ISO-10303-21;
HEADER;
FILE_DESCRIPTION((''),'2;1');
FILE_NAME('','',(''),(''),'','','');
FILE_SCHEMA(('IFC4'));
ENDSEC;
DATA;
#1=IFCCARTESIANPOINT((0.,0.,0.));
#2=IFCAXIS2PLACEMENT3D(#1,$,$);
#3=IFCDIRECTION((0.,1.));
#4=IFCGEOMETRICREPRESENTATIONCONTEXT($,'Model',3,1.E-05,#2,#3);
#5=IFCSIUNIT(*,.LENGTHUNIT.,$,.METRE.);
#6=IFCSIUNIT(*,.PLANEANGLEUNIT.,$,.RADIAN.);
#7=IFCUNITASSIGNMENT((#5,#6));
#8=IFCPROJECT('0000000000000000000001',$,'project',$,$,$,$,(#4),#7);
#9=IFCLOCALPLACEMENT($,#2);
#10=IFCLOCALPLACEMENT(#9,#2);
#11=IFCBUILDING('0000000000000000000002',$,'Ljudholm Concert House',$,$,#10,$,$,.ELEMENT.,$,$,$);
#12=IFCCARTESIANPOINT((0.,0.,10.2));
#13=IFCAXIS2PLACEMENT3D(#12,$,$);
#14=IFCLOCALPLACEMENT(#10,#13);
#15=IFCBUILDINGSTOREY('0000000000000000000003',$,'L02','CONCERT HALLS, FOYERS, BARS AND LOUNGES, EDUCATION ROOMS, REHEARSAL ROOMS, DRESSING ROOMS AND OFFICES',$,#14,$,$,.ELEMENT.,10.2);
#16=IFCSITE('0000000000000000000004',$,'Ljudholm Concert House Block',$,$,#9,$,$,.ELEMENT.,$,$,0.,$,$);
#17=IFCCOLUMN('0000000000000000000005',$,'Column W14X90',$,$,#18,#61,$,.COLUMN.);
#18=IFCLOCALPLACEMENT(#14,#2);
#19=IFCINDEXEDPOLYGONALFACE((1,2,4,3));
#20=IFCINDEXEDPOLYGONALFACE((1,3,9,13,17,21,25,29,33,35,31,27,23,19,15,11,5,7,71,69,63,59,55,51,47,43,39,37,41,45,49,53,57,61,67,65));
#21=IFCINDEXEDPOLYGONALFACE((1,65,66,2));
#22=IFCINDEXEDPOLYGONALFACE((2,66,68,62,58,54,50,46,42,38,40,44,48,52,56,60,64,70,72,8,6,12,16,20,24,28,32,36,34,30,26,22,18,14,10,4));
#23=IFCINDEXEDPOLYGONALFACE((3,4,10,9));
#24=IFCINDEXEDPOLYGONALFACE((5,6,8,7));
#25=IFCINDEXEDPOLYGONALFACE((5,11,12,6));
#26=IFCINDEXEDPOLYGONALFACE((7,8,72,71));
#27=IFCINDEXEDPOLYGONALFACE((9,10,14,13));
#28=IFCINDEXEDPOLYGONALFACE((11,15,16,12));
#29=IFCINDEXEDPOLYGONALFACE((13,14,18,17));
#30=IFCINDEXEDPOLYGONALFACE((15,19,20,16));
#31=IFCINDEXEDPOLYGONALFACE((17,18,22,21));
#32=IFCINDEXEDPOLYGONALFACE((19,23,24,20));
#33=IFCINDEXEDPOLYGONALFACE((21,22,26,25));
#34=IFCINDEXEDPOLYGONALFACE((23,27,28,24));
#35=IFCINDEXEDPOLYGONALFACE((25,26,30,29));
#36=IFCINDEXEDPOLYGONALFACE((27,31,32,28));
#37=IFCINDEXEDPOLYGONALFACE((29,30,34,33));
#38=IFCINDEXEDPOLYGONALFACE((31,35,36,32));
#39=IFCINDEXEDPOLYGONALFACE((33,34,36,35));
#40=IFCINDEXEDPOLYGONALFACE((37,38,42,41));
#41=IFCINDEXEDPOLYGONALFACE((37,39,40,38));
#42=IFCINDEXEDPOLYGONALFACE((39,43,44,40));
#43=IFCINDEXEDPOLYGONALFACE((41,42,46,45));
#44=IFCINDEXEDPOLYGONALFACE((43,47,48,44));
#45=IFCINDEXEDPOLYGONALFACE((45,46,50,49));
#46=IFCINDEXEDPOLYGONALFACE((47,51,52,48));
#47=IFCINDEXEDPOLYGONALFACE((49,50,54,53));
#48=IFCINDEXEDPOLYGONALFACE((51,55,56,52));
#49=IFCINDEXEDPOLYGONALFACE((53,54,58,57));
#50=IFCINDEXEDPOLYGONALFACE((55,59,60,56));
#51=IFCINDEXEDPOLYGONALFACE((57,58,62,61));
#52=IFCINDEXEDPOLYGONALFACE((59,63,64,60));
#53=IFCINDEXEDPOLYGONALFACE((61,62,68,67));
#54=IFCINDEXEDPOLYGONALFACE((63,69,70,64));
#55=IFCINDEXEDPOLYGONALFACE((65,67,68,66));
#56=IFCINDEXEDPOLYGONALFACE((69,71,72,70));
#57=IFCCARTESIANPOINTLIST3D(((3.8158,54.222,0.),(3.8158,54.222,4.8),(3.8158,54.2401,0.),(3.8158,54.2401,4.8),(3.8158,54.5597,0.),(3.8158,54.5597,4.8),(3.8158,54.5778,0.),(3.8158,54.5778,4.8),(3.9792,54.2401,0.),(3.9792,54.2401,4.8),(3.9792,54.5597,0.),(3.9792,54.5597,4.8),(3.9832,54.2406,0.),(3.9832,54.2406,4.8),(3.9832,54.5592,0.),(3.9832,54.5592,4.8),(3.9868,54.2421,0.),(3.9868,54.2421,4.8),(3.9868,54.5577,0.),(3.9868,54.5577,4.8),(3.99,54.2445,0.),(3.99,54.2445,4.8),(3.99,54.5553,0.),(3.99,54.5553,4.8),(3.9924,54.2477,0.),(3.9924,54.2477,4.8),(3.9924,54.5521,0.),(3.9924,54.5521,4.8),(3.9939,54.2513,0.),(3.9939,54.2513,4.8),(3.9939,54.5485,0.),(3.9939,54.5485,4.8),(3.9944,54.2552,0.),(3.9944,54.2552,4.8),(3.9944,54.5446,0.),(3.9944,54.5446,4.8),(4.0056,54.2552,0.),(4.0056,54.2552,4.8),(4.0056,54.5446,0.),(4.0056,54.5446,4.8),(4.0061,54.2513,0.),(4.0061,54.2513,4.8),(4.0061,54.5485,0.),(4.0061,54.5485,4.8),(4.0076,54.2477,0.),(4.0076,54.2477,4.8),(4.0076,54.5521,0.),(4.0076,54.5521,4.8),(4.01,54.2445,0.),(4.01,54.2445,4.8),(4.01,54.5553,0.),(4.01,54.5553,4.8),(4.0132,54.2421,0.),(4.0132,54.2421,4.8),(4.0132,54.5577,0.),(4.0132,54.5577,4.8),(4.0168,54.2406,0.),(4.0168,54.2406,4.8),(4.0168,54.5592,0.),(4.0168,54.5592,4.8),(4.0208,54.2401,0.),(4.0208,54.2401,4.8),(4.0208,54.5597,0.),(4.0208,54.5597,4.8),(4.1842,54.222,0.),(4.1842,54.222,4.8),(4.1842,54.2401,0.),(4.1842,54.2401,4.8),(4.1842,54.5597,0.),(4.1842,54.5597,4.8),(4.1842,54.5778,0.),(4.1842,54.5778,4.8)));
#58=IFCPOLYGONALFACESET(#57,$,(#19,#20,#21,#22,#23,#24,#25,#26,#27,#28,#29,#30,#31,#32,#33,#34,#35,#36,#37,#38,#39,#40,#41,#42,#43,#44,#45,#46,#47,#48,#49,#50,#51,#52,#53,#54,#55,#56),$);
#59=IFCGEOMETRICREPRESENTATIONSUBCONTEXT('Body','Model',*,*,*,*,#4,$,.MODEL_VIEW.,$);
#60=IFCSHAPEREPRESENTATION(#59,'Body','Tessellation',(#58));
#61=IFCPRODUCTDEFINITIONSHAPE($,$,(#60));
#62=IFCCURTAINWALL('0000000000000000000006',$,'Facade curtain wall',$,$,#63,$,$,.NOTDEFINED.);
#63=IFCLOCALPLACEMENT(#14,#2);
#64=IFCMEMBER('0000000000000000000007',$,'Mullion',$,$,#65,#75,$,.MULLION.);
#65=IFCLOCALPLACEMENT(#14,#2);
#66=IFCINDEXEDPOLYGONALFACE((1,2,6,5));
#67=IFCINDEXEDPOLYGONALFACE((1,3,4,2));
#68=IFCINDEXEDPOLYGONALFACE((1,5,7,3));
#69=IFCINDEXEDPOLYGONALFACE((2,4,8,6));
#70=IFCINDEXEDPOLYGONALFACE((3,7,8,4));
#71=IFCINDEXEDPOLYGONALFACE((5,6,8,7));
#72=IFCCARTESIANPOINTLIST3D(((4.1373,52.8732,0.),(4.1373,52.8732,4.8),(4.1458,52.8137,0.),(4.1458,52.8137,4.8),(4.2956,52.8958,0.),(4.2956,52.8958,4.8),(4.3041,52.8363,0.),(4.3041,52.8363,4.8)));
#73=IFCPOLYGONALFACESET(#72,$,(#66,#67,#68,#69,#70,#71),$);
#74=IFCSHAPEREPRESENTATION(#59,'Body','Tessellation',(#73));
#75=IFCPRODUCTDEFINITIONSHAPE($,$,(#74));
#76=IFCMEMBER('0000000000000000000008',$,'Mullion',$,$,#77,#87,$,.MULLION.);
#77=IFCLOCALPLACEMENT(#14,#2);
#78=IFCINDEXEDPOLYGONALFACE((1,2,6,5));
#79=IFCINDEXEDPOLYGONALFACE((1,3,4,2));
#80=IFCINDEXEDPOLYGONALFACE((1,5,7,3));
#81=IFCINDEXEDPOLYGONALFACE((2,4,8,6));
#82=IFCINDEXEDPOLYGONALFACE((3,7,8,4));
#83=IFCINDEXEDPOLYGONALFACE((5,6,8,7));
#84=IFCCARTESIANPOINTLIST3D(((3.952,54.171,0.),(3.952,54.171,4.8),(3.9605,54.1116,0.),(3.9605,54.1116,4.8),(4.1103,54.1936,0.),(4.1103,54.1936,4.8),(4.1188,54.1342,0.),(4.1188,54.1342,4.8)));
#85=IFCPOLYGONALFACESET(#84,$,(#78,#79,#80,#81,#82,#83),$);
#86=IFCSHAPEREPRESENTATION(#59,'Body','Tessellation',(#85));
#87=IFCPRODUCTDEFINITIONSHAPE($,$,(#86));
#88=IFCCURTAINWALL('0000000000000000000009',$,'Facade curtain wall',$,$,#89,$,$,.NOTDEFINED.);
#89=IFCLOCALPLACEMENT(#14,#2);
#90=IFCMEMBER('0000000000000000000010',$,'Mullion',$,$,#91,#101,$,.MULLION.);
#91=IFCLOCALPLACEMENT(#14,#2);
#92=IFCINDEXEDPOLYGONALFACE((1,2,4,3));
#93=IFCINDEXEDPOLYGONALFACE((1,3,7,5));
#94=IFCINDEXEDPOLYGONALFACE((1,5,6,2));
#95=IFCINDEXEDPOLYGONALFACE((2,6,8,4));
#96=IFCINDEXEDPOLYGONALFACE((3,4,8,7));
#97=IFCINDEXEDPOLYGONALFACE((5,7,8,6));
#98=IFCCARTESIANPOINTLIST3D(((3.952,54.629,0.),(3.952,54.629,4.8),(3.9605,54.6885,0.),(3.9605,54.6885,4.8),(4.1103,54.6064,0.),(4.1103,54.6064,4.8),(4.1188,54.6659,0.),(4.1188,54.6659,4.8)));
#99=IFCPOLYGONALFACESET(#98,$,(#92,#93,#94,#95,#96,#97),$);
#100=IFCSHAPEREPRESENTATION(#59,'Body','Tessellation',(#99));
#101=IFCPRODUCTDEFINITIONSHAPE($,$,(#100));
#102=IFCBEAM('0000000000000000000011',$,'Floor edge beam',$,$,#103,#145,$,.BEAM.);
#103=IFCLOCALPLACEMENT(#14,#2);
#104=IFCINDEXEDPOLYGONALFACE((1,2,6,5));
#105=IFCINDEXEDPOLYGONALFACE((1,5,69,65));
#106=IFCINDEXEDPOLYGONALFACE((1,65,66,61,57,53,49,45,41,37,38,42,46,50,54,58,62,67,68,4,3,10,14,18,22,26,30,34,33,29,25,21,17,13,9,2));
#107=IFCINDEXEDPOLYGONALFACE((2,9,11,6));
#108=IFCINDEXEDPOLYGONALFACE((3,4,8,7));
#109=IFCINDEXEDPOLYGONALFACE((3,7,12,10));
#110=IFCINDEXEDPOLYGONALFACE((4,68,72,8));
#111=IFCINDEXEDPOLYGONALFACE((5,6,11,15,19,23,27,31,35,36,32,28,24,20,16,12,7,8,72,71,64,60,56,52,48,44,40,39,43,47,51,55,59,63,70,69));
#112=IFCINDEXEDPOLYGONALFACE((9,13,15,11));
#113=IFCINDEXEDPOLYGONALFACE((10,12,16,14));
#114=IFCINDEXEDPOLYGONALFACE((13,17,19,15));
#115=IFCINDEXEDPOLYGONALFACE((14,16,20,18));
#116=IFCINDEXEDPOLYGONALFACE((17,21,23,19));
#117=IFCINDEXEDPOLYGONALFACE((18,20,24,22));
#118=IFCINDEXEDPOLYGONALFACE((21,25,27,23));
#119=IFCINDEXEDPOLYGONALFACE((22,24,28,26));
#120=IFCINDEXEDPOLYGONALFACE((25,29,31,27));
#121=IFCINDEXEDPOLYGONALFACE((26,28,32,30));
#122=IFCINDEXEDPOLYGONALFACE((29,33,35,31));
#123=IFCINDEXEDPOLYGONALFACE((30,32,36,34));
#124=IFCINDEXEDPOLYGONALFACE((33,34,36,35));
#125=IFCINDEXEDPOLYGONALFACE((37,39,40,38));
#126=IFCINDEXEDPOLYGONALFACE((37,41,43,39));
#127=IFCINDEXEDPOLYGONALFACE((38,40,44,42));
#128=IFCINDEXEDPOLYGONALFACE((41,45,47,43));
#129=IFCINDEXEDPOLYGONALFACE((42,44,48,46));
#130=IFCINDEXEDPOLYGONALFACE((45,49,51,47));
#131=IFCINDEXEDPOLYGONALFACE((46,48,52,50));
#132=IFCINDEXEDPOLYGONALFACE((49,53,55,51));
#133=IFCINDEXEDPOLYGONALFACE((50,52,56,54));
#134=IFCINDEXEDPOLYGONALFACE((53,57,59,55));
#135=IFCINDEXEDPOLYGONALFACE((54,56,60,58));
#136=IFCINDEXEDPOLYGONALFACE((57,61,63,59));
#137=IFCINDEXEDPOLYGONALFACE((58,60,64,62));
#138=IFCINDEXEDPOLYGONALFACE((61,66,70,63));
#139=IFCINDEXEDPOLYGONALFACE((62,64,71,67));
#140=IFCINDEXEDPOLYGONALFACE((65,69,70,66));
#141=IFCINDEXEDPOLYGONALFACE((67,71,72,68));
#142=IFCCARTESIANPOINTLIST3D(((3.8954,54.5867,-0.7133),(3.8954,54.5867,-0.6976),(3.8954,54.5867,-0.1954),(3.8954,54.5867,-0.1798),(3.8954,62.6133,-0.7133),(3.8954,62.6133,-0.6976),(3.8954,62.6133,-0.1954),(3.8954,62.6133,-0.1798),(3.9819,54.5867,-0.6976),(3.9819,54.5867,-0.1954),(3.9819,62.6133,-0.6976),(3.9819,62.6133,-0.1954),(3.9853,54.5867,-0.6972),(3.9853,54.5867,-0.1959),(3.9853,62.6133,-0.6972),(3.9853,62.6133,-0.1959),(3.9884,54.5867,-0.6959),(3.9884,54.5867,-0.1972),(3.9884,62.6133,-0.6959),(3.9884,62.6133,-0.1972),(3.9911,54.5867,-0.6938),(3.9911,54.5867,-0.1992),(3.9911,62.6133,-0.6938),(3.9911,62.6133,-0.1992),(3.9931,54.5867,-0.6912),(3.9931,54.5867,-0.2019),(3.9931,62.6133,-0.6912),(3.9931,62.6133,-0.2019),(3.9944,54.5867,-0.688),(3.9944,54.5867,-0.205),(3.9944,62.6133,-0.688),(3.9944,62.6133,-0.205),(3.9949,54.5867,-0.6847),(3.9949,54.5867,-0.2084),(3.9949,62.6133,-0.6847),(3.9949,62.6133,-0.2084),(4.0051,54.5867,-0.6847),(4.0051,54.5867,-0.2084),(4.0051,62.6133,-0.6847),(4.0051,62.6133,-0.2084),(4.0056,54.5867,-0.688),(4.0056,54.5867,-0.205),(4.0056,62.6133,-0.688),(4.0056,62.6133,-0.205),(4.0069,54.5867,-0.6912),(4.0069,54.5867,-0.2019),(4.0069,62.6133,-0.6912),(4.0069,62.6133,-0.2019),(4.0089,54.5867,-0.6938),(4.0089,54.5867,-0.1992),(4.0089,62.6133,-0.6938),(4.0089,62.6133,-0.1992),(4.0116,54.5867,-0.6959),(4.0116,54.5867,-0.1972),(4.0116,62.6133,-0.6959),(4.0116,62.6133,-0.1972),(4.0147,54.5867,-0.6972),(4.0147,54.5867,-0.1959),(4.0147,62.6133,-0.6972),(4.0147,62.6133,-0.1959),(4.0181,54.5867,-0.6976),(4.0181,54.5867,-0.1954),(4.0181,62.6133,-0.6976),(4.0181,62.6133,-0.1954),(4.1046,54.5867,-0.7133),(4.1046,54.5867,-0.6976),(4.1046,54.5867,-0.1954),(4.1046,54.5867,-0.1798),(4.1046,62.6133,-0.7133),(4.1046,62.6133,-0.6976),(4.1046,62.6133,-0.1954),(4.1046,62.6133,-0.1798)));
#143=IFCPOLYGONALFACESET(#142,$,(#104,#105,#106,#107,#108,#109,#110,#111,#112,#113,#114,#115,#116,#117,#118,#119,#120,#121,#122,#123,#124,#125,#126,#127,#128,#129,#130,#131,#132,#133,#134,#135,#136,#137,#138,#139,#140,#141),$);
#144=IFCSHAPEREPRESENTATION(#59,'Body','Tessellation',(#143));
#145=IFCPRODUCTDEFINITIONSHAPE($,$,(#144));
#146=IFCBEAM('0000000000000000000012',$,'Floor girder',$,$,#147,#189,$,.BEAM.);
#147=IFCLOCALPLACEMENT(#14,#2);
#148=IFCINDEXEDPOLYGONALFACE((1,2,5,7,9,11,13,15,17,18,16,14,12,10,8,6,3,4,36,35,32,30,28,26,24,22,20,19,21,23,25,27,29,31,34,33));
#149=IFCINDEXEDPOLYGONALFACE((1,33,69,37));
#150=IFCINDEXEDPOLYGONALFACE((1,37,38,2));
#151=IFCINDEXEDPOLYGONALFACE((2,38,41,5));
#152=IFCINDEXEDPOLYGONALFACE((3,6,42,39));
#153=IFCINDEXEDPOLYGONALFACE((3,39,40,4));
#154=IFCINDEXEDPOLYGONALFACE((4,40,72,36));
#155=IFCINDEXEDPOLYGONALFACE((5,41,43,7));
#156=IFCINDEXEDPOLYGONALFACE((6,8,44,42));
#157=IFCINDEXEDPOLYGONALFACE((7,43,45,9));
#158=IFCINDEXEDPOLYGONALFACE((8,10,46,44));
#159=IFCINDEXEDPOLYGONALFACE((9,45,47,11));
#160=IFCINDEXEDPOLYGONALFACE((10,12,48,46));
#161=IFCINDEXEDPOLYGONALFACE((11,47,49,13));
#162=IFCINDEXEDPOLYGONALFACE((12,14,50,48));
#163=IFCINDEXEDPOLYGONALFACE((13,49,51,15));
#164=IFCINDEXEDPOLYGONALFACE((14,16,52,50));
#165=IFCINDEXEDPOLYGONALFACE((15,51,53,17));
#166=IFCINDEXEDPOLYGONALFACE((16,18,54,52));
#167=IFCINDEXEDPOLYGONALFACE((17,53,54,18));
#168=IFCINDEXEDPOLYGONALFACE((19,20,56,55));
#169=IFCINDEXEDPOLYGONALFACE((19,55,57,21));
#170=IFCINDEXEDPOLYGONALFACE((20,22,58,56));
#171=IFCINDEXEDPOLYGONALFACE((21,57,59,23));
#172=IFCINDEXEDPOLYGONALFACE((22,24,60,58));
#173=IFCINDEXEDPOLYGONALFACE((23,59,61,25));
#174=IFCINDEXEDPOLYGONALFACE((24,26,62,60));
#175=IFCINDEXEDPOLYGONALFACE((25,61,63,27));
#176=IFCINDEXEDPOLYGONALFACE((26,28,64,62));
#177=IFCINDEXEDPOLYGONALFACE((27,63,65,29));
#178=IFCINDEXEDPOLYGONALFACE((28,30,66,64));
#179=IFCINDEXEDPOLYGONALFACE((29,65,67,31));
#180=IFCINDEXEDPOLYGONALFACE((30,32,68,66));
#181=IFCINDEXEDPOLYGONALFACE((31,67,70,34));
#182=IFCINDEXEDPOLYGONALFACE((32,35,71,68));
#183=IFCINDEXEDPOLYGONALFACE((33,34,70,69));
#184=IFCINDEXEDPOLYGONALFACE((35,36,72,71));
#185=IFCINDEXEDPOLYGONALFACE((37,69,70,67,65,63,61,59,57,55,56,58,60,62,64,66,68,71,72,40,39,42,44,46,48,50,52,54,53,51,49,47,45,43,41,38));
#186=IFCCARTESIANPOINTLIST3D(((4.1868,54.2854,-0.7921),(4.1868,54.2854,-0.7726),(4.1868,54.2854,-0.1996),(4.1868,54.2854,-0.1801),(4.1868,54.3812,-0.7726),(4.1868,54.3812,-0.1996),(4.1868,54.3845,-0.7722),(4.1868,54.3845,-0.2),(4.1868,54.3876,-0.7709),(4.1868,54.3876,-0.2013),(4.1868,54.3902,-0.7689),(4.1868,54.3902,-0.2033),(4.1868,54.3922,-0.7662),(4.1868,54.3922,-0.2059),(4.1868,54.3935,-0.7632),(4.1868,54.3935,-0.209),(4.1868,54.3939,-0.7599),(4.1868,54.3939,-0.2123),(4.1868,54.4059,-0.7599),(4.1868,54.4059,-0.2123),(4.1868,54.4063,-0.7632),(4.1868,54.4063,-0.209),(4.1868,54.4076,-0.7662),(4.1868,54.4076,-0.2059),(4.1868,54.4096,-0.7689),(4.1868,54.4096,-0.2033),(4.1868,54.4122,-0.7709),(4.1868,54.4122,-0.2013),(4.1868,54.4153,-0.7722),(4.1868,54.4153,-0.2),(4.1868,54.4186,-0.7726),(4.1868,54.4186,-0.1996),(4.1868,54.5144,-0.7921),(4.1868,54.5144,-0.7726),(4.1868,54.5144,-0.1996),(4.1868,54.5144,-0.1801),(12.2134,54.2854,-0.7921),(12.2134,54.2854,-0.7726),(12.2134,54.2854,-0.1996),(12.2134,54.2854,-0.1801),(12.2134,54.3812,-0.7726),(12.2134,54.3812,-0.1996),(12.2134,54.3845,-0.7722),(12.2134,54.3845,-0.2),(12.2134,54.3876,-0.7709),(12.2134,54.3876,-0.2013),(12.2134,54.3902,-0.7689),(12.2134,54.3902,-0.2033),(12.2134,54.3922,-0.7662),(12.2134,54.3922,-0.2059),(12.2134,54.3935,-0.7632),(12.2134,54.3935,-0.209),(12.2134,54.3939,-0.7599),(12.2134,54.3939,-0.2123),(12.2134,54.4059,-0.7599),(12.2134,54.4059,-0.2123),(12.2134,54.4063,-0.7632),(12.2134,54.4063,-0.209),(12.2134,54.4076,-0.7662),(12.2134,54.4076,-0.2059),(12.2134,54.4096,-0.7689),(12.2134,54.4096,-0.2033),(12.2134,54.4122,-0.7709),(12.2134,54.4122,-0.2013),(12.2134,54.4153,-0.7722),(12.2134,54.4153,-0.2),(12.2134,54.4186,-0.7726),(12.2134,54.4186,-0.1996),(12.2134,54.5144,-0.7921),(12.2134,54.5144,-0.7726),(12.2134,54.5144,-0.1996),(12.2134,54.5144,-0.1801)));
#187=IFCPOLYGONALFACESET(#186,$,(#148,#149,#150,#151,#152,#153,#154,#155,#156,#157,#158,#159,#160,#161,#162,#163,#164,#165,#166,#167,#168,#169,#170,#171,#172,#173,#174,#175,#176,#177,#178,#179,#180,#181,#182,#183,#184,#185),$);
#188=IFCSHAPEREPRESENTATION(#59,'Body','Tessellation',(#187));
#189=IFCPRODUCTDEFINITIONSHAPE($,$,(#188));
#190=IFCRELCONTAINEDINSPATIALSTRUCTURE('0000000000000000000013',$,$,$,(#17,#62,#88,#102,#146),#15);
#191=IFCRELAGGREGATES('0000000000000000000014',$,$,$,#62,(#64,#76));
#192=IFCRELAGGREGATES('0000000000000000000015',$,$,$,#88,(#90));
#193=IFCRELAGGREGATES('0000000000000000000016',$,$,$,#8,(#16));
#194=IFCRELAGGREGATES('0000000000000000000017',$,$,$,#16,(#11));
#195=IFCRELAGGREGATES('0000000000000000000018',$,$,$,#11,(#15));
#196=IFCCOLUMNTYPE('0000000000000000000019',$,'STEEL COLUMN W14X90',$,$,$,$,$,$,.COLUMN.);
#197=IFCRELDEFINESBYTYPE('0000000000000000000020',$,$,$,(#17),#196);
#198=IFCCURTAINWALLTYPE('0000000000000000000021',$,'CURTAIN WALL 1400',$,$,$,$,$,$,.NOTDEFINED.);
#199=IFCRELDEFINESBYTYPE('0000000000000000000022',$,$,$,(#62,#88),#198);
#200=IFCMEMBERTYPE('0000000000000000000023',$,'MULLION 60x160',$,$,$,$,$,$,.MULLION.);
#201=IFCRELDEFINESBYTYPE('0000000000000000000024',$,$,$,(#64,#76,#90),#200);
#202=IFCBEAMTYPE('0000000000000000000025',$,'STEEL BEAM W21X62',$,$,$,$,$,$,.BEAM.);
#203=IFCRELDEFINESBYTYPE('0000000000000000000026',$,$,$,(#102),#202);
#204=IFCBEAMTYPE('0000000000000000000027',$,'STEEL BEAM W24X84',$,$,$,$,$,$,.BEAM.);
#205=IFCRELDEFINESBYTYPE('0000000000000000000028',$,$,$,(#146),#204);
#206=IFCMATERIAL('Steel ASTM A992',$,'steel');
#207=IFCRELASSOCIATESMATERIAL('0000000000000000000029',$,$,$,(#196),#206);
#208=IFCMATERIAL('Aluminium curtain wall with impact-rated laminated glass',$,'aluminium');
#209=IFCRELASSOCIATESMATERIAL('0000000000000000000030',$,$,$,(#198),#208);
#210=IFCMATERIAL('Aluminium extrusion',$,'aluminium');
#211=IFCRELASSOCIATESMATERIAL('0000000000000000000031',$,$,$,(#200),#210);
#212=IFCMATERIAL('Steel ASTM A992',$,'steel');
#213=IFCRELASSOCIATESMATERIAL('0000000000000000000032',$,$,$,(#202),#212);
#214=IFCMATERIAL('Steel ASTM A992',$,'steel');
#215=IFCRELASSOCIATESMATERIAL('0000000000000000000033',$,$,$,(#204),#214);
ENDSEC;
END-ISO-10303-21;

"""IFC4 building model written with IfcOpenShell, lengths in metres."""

from ifc_helpers import new_model, si_unit, direction, frame, origin, origin_2d, place, context, subcontext, project, spatial, rectangle, i_section, extrude, material, material_profile, profile_set, type_object, element, aggregate, save


model = new_model("IFC4")

# Units and contexts
model_context = context("Model", 3, precision=1e-05, world=origin(), true_north=direction((0.0, 1.0)))
body_context = subcontext(model_context, "Body", "Model", "MODEL_VIEW")
ifc_project = project(units=[si_unit("LENGTHUNIT", "METRE"), si_unit("PLANEANGLEUNIT", "RADIAN")], contexts=[model_context])

# Site, building, storey
site_placement = place(None, origin())
site = spatial("IfcSite", under=ifc_project, at=site_placement, Name="Ljudholm Concert House Block", CompositionType="ELEMENT", RefElevation=0.0)
building_placement = place(site_placement, origin())
building = spatial("IfcBuilding", under=site, at=building_placement, Name="Ljudholm Concert House", CompositionType="ELEMENT")
storey_placement = place(building_placement, frame((0.0, 0.0, 10.2)))
storey = spatial("IfcBuildingStorey", under=building, at=storey_placement, Name="L02", Description="CONCERT HALLS, FOYERS, BARS AND LOUNGES, EDUCATION ROOMS, REHEARSAL ROOMS, DRESSING ROOMS AND OFFICES", CompositionType="ELEMENT", Elevation=10.2)

# Column
ifc_material_1 = material(Name="Steel ASTM A992", Category="steel")
ifc_material_profile_1 = material_profile(ifc_material_1, i_section(OverallWidth=0.3684, OverallDepth=0.3557, WebThickness=0.0112, FlangeThickness=0.0181, FilletRadius=0.0151, at=origin_2d()), Name="W14X90")
ifc_profile_set_1 = profile_set([ifc_material_profile_1], Name="Steel ASTM A992")
column_type = type_object("IfcColumnType", Name="STEEL COLUMN W14X90", PredefinedType="COLUMN", material=ifc_profile_set_1)
column_placement = place(storey_placement, frame((4.0, 54.3999, 0.0), z_axis=(0.0, 0.0, 1.0), x_axis=(1.0, 0.0, 0.0)))
element("IfcColumn", 1, at=column_placement, inside=storey, type_object=column_type, Name="Column W14X90", PredefinedType="COLUMN", context=body_context, shape_type="SweptSolid", body=[
    extrude(i_section(OverallWidth=0.3684, OverallDepth=0.3557, WebThickness=0.0112, FlangeThickness=0.0181, FilletRadius=0.0151, at=origin_2d()), origin(), (0.0, 0.0, 1.0), 4.8),
])

# Curtain wall, members
ifc_material_2 = material(Name="Aluminium curtain wall with impact-rated laminated glass", Category="aluminium")
curtain_wall_type = type_object("IfcCurtainWallType", Name="CURTAIN WALL 1400", PredefinedType="NOTDEFINED", material=ifc_material_2)
curtain_wall_1_placement = place(storey_placement, origin())
curtain_wall_1 = element("IfcCurtainWall", 2, at=curtain_wall_1_placement, inside=storey, type_object=curtain_wall_type, Name="Facade curtain wall", PredefinedType="NOTDEFINED")
ifc_material_3 = material(Name="Aluminium extrusion", Category="aluminium")
ifc_material_profile_2 = material_profile(ifc_material_3, rectangle(XDim=0.1599, YDim=0.0601, at=origin_2d()), Name="MULLION 60x160")
ifc_profile_set_2 = profile_set([ifc_material_profile_2], Name="Aluminium extrusion")
member_type_1 = type_object("IfcMemberType", Name="MULLION 60x160", PredefinedType="MULLION", material=ifc_profile_set_2)
member_1_placement = place(storey_placement, frame((4.2207, 52.8547, 0.0), z_axis=(0.0, 0.0, 1.0), x_axis=(-0.989949, -0.141421, 0.0)))
member_1 = element("IfcMember", 3, at=member_1_placement, type_object=member_type_1, Name="Mullion", PredefinedType="MULLION", context=body_context, shape_type="SweptSolid", body=[
    extrude(rectangle(XDim=0.1599, YDim=0.0601, at=origin_2d()), origin(), (0.0, 0.0, 1.0), 4.8),
])
member_2_placement = place(storey_placement, frame((4.0354, 54.1526, 0.0), z_axis=(0.0, 0.0, 1.0), x_axis=(-0.989949, -0.141421, 0.0)))
member_2 = element("IfcMember", 4, at=member_2_placement, type_object=member_type_1, Name="Mullion", PredefinedType="MULLION", context=body_context, shape_type="SweptSolid", body=[
    extrude(rectangle(XDim=0.1599, YDim=0.0601, at=origin_2d()), origin(), (0.0, 0.0, 1.0), 4.8),
])

# Curtain wall, member
curtain_wall_2_placement = place(storey_placement, origin())
curtain_wall_2 = element("IfcCurtainWall", 5, at=curtain_wall_2_placement, inside=storey, type_object=curtain_wall_type, Name="Facade curtain wall", PredefinedType="NOTDEFINED")
member_3_placement = place(storey_placement, frame((4.0354, 54.6475, 0.0), z_axis=(0.0, 0.0, 1.0), x_axis=(-0.989949, 0.141421, 0.0)))
member_3 = element("IfcMember", 6, at=member_3_placement, type_object=member_type_1, Name="Mullion", PredefinedType="MULLION", context=body_context, shape_type="SweptSolid", body=[
    extrude(rectangle(XDim=0.1599, YDim=0.0601, at=origin_2d()), origin(), (0.0, 0.0, 1.0), 4.8),
])

# Beams
ifc_material_4 = material(Name="Steel ASTM A992", Category="steel")
ifc_material_profile_3 = material_profile(ifc_material_4, i_section(OverallWidth=0.2092, OverallDepth=0.5334, WebThickness=0.0103, FlangeThickness=0.0156, FilletRadius=0.0129, at=origin_2d()), Name="W21X62")
ifc_profile_set_3 = profile_set([ifc_material_profile_3], Name="Steel ASTM A992")
beam_type_1 = type_object("IfcBeamType", Name="STEEL BEAM W21X62", PredefinedType="BEAM", material=ifc_profile_set_3)
beam_1_placement = place(storey_placement, frame((4.0, 54.5867, -0.4465), z_axis=(0.0, 1.0, 0.0), x_axis=(-1.0, 0.0, 0.0)))
element("IfcBeam", 7, at=beam_1_placement, inside=storey, type_object=beam_type_1, Name="Floor edge beam", PredefinedType="BEAM", context=body_context, shape_type="SweptSolid", body=[
    extrude(i_section(OverallWidth=0.2092, OverallDepth=0.5334, WebThickness=0.0103, FlangeThickness=0.0156, FilletRadius=0.0129, at=origin_2d()), origin(), (0.0, 0.0, 1.0), 8.0266),
])
ifc_material_5 = material(Name="Steel ASTM A992", Category="steel")
ifc_material_profile_4 = material_profile(ifc_material_5, i_section(OverallWidth=0.229, OverallDepth=0.6121, WebThickness=0.012, FlangeThickness=0.0195, FilletRadius=0.0127, at=origin_2d()), Name="W24X84")
ifc_profile_set_4 = profile_set([ifc_material_profile_4], Name="Steel ASTM A992")
beam_type_2 = type_object("IfcBeamType", Name="STEEL BEAM W24X84", PredefinedType="BEAM", material=ifc_profile_set_4)
beam_2_placement = place(storey_placement, frame((4.1868, 54.3999, -0.4861), z_axis=(1.0, 0.0, 0.0), x_axis=(0.0, 1.0, 0.0)))
element("IfcBeam", 8, at=beam_2_placement, inside=storey, type_object=beam_type_2, Name="Floor girder", PredefinedType="BEAM", context=body_context, shape_type="SweptSolid", body=[
    extrude(i_section(OverallWidth=0.229, OverallDepth=0.6121, WebThickness=0.012, FlangeThickness=0.0195, FilletRadius=0.0127, at=origin_2d()), origin(), (0.0, 0.0, 1.0), 8.0266),
])

aggregate(curtain_wall_1, [member_1, member_2])
aggregate(curtain_wall_2, [member_3])

save(model, "model.ifc")
